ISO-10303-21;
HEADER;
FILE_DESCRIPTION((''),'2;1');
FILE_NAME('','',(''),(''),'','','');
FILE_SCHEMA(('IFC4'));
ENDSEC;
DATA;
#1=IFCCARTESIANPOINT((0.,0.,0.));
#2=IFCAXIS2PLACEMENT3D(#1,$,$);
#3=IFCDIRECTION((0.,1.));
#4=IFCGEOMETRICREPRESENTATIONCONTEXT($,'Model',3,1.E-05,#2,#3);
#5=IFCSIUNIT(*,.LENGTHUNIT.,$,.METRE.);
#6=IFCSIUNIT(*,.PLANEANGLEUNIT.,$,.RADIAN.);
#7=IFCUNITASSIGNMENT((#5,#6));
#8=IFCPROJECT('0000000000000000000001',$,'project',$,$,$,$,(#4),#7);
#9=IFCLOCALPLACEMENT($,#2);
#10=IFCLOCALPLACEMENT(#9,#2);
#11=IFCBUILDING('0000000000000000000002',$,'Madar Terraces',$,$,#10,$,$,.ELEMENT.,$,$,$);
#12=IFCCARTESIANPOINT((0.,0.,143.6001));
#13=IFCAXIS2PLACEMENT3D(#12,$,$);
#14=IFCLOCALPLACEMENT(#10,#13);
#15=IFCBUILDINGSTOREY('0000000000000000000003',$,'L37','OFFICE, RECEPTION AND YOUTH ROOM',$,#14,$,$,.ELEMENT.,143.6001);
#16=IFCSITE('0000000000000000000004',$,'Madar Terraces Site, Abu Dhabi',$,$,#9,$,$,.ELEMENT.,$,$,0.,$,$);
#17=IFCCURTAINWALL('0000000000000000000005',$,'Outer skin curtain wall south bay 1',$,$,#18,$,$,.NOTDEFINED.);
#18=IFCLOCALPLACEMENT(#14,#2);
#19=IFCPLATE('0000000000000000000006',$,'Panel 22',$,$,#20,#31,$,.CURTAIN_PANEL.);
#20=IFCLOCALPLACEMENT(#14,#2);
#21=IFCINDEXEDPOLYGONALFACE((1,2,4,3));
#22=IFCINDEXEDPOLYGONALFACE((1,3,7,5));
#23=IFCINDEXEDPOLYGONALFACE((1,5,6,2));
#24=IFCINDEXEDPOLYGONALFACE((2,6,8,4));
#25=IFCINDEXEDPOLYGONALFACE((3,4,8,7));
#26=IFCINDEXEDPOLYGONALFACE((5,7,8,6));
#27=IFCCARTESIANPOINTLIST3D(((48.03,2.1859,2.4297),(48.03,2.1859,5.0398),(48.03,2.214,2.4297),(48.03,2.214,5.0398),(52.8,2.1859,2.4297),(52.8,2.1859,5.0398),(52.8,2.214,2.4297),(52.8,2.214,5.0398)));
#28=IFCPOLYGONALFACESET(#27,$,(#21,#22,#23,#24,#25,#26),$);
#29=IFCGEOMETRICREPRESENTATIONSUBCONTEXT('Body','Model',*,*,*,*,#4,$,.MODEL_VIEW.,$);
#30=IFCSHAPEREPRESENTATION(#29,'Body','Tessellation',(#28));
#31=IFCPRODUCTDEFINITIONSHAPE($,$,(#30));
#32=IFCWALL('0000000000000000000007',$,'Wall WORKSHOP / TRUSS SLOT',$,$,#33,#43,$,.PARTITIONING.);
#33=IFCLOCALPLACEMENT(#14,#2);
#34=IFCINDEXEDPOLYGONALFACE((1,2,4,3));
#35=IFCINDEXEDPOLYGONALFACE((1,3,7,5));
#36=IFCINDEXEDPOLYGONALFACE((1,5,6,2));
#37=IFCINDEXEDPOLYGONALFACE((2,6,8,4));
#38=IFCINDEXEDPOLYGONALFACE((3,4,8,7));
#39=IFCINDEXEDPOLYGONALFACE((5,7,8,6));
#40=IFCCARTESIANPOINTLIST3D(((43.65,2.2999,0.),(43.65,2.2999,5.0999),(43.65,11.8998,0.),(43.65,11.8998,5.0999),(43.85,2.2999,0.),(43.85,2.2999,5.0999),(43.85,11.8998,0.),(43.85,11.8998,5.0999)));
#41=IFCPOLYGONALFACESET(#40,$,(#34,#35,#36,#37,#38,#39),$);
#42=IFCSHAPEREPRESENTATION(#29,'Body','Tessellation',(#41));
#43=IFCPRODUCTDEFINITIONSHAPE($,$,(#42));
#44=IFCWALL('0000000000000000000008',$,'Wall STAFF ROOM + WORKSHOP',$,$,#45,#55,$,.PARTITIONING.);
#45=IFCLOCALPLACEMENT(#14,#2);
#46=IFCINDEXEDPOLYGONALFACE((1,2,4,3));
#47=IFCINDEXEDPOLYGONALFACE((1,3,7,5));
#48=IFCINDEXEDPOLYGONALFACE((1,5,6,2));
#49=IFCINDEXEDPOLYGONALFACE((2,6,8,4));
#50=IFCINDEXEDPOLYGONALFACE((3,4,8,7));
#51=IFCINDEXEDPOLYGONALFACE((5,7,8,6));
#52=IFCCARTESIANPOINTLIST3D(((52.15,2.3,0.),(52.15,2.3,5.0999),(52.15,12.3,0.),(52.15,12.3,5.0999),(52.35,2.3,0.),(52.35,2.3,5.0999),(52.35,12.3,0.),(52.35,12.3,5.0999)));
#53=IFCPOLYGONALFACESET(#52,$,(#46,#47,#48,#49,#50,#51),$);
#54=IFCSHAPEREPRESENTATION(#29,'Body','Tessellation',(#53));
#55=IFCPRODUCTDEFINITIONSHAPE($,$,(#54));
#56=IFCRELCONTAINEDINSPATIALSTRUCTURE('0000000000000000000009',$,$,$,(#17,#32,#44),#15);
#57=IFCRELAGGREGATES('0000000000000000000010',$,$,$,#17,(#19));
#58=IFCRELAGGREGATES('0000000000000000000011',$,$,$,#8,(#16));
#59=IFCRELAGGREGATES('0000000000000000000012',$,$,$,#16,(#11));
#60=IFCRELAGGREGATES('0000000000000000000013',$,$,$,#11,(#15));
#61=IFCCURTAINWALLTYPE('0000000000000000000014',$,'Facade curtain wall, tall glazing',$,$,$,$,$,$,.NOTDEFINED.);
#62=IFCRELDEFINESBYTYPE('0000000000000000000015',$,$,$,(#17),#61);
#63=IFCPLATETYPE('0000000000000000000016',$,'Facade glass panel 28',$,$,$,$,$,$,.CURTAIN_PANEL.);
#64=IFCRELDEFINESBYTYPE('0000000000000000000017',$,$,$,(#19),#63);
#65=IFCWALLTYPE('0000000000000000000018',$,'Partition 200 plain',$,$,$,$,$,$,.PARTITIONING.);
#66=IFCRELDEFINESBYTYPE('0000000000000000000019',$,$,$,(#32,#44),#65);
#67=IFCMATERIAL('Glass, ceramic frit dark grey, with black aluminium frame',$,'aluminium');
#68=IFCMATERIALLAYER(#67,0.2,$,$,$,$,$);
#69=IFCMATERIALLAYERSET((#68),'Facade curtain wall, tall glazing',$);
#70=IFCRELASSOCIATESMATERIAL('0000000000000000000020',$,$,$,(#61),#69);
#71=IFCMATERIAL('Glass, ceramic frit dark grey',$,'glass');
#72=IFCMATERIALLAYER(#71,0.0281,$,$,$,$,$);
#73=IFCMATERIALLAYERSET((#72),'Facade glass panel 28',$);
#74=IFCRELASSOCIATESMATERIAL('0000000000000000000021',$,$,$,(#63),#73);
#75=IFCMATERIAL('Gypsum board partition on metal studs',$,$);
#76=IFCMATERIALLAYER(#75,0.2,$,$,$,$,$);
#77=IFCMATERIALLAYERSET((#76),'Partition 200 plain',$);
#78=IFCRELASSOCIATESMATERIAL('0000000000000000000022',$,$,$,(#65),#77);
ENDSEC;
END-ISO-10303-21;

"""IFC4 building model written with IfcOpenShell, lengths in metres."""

from ifc_helpers import new_model, si_unit, direction, frame, frame_2d, origin, origin_2d, place, context, subcontext, project, spatial, rectangle, extrude, material, layer, layer_set, type_object, element, aggregate, save


model = new_model("IFC4")

# Units and contexts
model_context = context("Model", 3, precision=1e-05, world=origin(), true_north=direction((0.0, 1.0)))
body_context = subcontext(model_context, "Body", "Model", "MODEL_VIEW")
ifc_project = project(units=[si_unit("LENGTHUNIT", "METRE"), si_unit("PLANEANGLEUNIT", "RADIAN")], contexts=[model_context])

# Site, building, storey
site_placement = place(None, origin())
site = spatial("IfcSite", under=ifc_project, at=site_placement, Name="Madar Terraces Site, Abu Dhabi", CompositionType="ELEMENT", RefElevation=0.0)
building_placement = place(site_placement, origin())
building = spatial("IfcBuilding", under=site, at=building_placement, Name="Madar Terraces", CompositionType="ELEMENT")
storey_placement = place(building_placement, frame((0.0, 0.0, 143.6001)))
storey = spatial("IfcBuildingStorey", under=building, at=storey_placement, Name="L37", Description="OFFICE, RECEPTION AND YOUTH ROOM", CompositionType="ELEMENT", Elevation=143.6001)

# Curtain wall
ifc_material_1 = material(Name="Glass, ceramic frit dark grey, with black aluminium frame", Category="aluminium")
ifc_layer_1 = layer(ifc_material_1, 0.2)
ifc_layer_set_1 = layer_set([ifc_layer_1], Name="Facade curtain wall, tall glazing")
curtain_wall_type = type_object("IfcCurtainWallType", Name="Facade curtain wall, tall glazing", PredefinedType="NOTDEFINED", material=ifc_layer_set_1)
curtain_wall_1_placement = place(storey_placement, origin())
curtain_wall_1 = element("IfcCurtainWall", 1, at=curtain_wall_1_placement, inside=storey, type_object=curtain_wall_type, Name="Outer skin curtain wall south bay 1", PredefinedType="NOTDEFINED")

# Plate
ifc_material_2 = material(Name="Glass, ceramic frit dark grey", Category="glass")
ifc_layer_2 = layer(ifc_material_2, 0.0281)
ifc_layer_set_2 = layer_set([ifc_layer_2], Name="Facade glass panel 28")
plate_type = type_object("IfcPlateType", Name="Facade glass panel 28", PredefinedType="CURTAIN_PANEL", material=ifc_layer_set_2)
plate_1_placement = place(storey_placement, frame((50.415, 2.2, 2.4297), z_axis=(0.0, 0.0, 1.0), x_axis=(1.0, 0.0, 0.0)))
plate_1 = element("IfcPlate", 2, at=plate_1_placement, type_object=plate_type, Name="Panel 22", PredefinedType="CURTAIN_PANEL", context=body_context, shape_type="SweptSolid", body=[
    extrude(rectangle(XDim=4.77, YDim=0.0281, at=origin_2d()), origin(), (0.0, 0.0, 1.0), 2.6101),
])
aggregate(curtain_wall_1, [plate_1])

# Walls
ifc_material_3 = material(Name="Gypsum board partition on metal studs")
ifc_layer_3 = layer(ifc_material_3, 0.2)
ifc_layer_set_3 = layer_set([ifc_layer_3], Name="Partition 200 plain")
wall_type = type_object("IfcWallType", Name="Partition 200 plain", PredefinedType="PARTITIONING", material=ifc_layer_set_3)
wall_1_placement = place(storey_placement, frame((43.75, 2.3, 0.0), z_axis=(0.0, 0.0, 1.0), x_axis=(0.0, 1.0, 0.0)))
element("IfcWall", 3, at=wall_1_placement, inside=storey, type_object=wall_type, Name="Wall WORKSHOP / TRUSS SLOT", PredefinedType="PARTITIONING", context=body_context, shape_type="SweptSolid", body=[
    extrude(rectangle(XDim=9.5999, YDim=0.2, at=frame_2d((4.7998, 0.0))), origin(), (0.0, 0.0, 1.0), 5.0999),
])
wall_2_placement = place(storey_placement, frame((52.25, 2.3, 0.0), z_axis=(0.0, 0.0, 1.0), x_axis=(0.0, 1.0, 0.0)))
element("IfcWall", 4, at=wall_2_placement, inside=storey, type_object=wall_type, Name="Wall STAFF ROOM + WORKSHOP", PredefinedType="PARTITIONING", context=body_context, shape_type="SweptSolid", body=[
    extrude(rectangle(XDim=10.0, YDim=0.2, at=frame_2d((5.0, 0.0))), origin(), (0.0, 0.0, 1.0), 5.0999),
])

save(model, "model.ifc")
